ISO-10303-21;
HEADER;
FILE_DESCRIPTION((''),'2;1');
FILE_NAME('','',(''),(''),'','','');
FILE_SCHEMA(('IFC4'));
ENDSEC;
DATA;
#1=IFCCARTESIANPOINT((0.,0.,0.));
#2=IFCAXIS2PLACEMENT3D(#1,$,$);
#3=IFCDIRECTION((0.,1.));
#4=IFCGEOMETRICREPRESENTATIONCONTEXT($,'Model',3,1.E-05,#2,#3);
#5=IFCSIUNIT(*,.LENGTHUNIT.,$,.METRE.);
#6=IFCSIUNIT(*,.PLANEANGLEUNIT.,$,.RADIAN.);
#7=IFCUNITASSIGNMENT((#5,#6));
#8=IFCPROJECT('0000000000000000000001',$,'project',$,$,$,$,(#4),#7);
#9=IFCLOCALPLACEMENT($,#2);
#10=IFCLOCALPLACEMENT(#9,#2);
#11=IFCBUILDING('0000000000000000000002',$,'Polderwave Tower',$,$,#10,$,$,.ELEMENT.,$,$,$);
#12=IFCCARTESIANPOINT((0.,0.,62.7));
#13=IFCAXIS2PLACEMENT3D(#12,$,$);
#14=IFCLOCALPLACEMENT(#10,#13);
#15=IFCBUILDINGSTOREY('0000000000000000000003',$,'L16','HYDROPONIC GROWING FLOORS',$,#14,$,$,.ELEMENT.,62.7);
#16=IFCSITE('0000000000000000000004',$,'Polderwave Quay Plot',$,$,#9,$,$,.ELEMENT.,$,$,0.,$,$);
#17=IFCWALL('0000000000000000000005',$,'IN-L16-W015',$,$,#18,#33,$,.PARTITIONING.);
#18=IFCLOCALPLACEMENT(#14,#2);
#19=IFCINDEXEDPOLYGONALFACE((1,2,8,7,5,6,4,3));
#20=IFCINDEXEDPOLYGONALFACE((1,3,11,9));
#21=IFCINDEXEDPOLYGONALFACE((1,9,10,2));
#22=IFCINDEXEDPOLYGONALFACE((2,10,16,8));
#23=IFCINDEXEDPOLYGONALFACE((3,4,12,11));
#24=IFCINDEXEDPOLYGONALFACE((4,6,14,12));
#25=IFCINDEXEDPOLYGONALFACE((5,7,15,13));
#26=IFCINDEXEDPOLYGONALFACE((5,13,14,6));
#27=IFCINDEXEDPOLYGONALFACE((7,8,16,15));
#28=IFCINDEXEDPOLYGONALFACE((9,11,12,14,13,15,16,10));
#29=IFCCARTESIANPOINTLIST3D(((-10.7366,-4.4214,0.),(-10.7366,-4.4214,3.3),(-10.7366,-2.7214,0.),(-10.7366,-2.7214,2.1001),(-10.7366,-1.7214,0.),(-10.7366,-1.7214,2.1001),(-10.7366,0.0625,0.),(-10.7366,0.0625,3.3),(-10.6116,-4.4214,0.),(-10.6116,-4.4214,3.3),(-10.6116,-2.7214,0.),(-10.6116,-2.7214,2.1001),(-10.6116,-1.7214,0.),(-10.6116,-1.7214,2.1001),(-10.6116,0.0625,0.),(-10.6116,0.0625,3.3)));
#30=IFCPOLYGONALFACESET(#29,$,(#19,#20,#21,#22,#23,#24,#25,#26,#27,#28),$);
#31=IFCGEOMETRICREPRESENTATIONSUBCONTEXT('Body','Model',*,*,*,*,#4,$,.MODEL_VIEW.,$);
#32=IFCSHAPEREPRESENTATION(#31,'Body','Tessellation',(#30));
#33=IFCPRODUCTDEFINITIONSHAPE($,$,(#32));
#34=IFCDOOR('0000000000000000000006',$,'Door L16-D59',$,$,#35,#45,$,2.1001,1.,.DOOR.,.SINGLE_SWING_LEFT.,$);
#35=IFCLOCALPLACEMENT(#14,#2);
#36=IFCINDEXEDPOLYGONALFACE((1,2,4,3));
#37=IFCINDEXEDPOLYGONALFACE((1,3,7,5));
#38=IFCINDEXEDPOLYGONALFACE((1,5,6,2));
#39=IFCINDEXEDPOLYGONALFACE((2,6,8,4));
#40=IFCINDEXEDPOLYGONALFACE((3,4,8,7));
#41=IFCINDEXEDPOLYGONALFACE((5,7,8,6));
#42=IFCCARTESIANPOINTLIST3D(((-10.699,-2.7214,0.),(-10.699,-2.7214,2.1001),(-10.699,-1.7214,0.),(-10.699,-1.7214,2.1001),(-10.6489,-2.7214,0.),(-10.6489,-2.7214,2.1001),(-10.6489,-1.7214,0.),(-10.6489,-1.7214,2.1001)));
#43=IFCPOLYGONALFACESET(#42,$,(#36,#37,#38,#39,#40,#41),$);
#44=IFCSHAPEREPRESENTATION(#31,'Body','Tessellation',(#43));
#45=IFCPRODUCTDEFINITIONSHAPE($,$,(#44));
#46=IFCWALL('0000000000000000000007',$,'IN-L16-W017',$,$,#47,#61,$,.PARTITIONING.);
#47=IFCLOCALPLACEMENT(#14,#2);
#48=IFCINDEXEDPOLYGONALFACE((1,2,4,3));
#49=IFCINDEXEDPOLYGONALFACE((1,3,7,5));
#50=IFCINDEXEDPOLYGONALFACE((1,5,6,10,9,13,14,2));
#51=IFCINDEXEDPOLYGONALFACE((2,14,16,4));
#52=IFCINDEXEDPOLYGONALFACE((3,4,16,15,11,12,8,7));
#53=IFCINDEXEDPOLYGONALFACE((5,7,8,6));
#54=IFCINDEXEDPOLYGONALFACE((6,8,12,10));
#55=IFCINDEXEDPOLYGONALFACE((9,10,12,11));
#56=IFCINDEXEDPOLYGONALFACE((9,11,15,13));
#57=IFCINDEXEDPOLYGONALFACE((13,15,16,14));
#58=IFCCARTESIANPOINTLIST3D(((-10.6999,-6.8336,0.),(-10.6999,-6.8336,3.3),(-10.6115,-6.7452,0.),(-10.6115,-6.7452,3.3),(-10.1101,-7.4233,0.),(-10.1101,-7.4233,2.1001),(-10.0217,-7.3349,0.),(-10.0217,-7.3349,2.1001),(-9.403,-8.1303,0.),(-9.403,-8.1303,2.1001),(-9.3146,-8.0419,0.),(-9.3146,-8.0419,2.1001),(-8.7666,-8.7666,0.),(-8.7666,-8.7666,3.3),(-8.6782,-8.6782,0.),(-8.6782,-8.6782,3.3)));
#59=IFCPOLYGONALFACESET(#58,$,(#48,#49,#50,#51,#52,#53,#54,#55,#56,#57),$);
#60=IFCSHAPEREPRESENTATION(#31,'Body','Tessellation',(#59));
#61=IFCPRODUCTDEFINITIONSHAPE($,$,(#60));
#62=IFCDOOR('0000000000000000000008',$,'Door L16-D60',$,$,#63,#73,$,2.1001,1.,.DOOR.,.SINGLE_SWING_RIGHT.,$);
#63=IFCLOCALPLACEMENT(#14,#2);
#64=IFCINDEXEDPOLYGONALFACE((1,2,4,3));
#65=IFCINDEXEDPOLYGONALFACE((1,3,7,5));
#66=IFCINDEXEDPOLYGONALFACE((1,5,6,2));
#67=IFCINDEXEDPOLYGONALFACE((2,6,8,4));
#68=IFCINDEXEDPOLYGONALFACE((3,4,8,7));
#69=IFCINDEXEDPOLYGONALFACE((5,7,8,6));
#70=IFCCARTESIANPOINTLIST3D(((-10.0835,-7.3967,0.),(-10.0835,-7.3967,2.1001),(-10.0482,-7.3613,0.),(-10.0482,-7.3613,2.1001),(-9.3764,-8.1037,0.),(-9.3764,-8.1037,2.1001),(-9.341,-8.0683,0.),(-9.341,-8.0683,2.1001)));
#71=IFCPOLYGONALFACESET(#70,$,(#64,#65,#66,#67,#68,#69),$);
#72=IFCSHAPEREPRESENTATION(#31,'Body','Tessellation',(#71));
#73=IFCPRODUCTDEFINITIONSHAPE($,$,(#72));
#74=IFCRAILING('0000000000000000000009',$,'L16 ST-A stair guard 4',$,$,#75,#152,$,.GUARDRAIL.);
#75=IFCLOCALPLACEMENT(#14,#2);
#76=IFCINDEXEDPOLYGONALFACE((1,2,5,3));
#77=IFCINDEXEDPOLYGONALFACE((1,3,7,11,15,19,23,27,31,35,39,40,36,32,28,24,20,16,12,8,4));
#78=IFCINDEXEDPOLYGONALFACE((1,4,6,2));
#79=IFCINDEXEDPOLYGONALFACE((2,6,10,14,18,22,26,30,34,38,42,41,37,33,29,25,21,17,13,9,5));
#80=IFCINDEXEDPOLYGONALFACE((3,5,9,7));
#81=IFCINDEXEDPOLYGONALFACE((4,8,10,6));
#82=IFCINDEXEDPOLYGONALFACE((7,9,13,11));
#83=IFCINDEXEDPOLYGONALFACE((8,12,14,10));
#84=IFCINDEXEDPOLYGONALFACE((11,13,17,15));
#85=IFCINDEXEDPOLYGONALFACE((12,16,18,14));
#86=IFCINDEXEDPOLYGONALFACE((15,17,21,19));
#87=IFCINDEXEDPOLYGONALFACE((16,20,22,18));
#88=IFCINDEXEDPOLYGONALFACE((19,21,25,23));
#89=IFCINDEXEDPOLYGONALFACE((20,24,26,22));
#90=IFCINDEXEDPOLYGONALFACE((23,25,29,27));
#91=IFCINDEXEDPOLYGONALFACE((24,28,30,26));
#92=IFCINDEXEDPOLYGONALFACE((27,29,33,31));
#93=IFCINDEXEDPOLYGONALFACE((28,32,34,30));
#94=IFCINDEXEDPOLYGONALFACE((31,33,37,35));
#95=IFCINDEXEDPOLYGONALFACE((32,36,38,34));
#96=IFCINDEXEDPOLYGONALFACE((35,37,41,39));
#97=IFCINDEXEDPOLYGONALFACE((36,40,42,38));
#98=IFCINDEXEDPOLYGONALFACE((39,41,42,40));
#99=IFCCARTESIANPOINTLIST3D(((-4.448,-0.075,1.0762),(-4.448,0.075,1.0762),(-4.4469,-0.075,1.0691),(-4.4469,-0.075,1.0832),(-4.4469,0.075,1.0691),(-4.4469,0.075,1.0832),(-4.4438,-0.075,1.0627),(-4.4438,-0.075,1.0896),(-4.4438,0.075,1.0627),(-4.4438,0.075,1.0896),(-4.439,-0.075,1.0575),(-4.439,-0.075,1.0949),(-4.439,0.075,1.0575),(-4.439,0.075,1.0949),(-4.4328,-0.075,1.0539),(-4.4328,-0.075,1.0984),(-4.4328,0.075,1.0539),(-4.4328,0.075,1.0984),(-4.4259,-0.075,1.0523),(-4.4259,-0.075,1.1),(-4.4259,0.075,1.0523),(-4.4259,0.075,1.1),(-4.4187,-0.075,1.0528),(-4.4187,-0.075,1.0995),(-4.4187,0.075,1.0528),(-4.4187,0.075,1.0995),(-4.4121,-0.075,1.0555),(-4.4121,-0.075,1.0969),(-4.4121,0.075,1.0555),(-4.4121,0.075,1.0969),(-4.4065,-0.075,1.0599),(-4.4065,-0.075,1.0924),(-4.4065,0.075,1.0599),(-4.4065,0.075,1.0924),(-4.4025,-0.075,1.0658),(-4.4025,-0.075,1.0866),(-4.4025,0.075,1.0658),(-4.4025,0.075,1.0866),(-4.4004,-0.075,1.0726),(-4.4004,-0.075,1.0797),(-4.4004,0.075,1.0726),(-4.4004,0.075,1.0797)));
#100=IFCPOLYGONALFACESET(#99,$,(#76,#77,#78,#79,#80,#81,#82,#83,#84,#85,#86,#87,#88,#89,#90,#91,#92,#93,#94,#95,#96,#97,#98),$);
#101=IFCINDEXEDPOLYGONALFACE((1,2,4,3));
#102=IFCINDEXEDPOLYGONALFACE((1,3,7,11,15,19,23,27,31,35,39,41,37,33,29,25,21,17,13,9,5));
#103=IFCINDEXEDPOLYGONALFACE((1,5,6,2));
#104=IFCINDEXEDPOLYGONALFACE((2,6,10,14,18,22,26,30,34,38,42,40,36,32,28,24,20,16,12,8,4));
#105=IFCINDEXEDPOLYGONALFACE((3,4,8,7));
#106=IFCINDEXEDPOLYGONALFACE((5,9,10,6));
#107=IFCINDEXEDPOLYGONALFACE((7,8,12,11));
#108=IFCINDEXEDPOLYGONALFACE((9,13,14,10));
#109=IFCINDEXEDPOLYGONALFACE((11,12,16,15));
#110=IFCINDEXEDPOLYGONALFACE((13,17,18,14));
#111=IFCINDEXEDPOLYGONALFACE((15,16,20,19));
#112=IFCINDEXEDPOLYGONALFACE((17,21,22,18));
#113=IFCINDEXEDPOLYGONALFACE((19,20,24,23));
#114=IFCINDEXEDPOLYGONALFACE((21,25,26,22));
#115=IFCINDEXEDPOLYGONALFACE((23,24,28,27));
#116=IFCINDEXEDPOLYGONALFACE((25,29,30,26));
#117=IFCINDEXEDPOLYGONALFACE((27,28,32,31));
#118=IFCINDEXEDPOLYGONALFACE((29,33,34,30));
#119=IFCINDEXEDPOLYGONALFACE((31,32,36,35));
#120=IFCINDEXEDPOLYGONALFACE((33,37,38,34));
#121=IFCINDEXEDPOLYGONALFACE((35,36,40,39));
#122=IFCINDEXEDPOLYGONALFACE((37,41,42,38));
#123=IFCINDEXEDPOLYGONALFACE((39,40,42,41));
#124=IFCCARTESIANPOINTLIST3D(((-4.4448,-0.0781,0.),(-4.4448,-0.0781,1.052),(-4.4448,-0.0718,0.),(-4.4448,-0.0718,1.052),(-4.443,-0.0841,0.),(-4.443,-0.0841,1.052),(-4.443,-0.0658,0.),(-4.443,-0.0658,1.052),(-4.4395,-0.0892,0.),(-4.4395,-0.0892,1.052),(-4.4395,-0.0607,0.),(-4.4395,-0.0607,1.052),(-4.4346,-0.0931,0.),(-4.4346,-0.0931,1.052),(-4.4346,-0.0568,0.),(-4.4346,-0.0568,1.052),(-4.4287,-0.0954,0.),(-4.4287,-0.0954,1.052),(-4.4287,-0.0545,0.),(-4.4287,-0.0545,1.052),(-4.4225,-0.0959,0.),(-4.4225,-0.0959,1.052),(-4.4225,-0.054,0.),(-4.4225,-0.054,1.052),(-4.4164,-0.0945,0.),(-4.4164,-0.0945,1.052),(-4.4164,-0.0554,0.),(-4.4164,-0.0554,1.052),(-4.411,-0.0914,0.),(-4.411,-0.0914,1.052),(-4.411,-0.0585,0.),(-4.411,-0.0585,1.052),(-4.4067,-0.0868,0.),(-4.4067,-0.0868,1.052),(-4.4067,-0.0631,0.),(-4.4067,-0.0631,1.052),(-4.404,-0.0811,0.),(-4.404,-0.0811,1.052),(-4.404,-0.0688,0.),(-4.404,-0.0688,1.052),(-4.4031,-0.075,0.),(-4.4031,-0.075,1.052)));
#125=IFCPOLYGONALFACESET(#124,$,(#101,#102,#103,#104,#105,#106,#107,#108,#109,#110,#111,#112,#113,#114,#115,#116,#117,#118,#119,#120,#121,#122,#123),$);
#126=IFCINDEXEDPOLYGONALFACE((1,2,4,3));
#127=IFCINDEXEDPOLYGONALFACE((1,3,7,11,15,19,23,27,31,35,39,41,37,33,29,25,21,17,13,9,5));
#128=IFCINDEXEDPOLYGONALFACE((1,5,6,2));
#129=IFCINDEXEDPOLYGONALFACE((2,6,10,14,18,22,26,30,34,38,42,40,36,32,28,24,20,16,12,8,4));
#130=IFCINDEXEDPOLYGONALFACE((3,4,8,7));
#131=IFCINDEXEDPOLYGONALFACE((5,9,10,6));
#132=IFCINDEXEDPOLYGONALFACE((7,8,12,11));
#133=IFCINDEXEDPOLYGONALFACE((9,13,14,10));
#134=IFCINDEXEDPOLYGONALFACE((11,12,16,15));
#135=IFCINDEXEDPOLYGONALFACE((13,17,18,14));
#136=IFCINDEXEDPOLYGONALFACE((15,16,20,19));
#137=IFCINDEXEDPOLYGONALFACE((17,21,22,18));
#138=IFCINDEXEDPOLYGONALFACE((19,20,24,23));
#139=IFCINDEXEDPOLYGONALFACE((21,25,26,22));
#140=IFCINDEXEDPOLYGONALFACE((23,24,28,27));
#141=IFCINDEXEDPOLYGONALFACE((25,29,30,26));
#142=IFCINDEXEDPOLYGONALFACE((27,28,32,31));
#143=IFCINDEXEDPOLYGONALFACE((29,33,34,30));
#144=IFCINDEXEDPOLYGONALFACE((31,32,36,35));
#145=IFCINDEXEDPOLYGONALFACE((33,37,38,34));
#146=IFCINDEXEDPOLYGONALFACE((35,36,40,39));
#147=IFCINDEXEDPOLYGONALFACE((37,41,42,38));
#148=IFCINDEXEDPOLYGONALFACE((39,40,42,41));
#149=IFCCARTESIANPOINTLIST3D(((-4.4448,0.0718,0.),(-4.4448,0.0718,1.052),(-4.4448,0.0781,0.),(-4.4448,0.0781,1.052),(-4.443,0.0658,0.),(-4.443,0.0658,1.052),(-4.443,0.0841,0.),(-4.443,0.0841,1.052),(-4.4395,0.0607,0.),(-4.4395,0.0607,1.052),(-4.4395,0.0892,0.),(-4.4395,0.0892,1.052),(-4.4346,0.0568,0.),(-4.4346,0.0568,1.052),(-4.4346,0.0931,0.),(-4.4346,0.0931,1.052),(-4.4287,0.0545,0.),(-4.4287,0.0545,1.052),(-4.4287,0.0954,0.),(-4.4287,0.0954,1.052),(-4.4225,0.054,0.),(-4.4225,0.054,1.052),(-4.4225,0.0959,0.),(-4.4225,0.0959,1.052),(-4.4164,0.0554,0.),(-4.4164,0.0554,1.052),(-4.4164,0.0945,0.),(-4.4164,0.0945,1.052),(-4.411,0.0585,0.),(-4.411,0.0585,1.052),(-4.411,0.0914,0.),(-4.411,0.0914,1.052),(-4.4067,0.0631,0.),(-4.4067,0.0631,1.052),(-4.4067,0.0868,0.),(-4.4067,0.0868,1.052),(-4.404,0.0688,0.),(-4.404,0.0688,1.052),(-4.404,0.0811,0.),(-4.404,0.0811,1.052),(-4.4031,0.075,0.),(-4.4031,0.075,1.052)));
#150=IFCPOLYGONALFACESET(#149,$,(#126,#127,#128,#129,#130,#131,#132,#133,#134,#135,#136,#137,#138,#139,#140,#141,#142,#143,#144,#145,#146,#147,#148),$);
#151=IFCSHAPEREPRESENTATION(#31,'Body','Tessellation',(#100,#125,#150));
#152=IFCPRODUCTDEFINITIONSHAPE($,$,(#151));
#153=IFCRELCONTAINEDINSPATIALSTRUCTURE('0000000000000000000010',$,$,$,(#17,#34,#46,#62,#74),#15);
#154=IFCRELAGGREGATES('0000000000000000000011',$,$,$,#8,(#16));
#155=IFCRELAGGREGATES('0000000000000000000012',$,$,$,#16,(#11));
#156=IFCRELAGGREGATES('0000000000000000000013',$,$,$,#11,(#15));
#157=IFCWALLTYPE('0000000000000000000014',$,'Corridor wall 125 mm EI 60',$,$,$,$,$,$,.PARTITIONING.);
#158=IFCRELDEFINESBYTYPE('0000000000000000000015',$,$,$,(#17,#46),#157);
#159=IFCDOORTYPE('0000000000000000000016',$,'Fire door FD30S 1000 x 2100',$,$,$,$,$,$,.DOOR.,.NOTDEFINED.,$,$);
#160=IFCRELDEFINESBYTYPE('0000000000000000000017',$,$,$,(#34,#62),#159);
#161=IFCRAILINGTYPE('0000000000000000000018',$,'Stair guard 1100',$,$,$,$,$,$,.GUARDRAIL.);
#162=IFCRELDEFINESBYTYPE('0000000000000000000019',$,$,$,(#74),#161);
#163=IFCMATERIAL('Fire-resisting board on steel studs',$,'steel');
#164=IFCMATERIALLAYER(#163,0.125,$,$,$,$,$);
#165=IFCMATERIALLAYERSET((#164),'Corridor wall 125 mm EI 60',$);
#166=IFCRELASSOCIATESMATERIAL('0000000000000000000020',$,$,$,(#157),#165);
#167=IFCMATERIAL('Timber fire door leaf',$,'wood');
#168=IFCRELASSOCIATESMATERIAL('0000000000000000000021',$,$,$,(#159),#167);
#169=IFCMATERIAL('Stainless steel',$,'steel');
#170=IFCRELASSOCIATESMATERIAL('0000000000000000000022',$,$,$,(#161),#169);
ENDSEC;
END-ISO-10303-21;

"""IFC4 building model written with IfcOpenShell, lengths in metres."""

from ifc_helpers import new_model, si_unit, direction, frame, frame_2d, origin, origin_2d, place, context, subcontext, project, spatial, rectangle, circle, extrude, material, layer, layer_set, type_object, element, fill, save


model = new_model("IFC4")

# Units and contexts
model_context = context("Model", 3, precision=1e-05, world=origin(), true_north=direction((0.0, 1.0)))
body_context = subcontext(model_context, "Body", "Model", "MODEL_VIEW")
ifc_project = project(units=[si_unit("LENGTHUNIT", "METRE"), si_unit("PLANEANGLEUNIT", "RADIAN")], contexts=[model_context])

# Site, building, storey
site_placement = place(None, origin())
site = spatial("IfcSite", under=ifc_project, at=site_placement, Name="Polderwave Quay Plot", CompositionType="ELEMENT", RefElevation=0.0)
building_placement = place(site_placement, origin())
building = spatial("IfcBuilding", under=site, at=building_placement, Name="Polderwave Tower", CompositionType="ELEMENT")
storey_placement = place(building_placement, frame((0.0, 0.0, 62.7)))
storey = spatial("IfcBuildingStorey", under=building, at=storey_placement, Name="L16", Description="HYDROPONIC GROWING FLOORS", CompositionType="ELEMENT", Elevation=62.7)

# Shared definitions
ifc_material_1 = material(Name="Stainless steel", Category="steel")

# Walls, openings, doors
ifc_material_2 = material(Name="Fire-resisting board on steel studs", Category="steel")
ifc_layer_1 = layer(ifc_material_2, 0.125)
ifc_layer_set_1 = layer_set([ifc_layer_1], Name="Corridor wall 125 mm EI 60")
wall_type_1 = type_object("IfcWallType", Name="Corridor wall 125 mm EI 60", PredefinedType="PARTITIONING", material=ifc_layer_set_1)
wall_1_placement = place(storey_placement, frame((-10.6741, -4.4214, 0.0), z_axis=(0.0, 0.0, 1.0), x_axis=(0.0, 1.0, 0.0)))
wall_1 = element("IfcWall", 1, at=wall_1_placement, inside=storey, type_object=wall_type_1, Name="IN-L16-W015", PredefinedType="PARTITIONING", context=body_context, shape_type="SweptSolid", body=[
    extrude(rectangle(XDim=4.4839, YDim=0.125, at=frame_2d((2.2419, 0.0))), origin(), (0.0, 0.0, 1.0), 3.3),
])
opening_1_placement = place(wall_1_placement, frame((1.7, 0.0, 0.0)))
opening_1 = element("IfcOpeningElement", 2, at=opening_1_placement, cuts=wall_1, PredefinedType="OPENING", context=body_context, shape_type="SweptSolid", body=[
    extrude(rectangle(XDim=1.0, YDim=2.1001, at=frame_2d((0.5, 1.05))), frame((0.0, 0.0725, 0.0), z_axis=(0.0, -1.0, 0.0), x_axis=(1.0, 0.0, 0.0)), (0.0, 0.0, 1.0), 0.145),
])
ifc_material_3 = material(Name="Timber fire door leaf", Category="wood")
door_type_1 = type_object("IfcDoorType", Name="Fire door FD30S 1000 x 2100", OperationType="NOTDEFINED", PredefinedType="DOOR", material=ifc_material_3)
door_1_placement = place(opening_1_placement, origin())
door_1 = element("IfcDoor", 3, at=door_1_placement, inside=storey, type_object=door_type_1, Name="Door L16-D59", OperationType="SINGLE_SWING_LEFT", OverallHeight=2.1001, OverallWidth=1.0, PredefinedType="DOOR", context=body_context, shape_type="SweptSolid", body=[
    extrude(rectangle(XDim=1.0, YDim=2.1001, at=frame_2d((0.5, 1.05))), frame((0.0, 0.0249, 0.0), z_axis=(0.0, -1.0, 0.0), x_axis=(1.0, 0.0, 0.0)), (0.0, 0.0, 1.0), 0.05),
])
fill(opening_1, door_1)
wall_2_placement = place(storey_placement, frame((-8.7224, -8.7224, 0.0), z_axis=(0.0, 0.0, 1.0), x_axis=(-0.707151, 0.707062, 0.0)))
wall_2 = element("IfcWall", 4, at=wall_2_placement, inside=storey, type_object=wall_type_1, Name="IN-L16-W017", PredefinedType="PARTITIONING", context=body_context, shape_type="SweptSolid", body=[
    extrude(rectangle(XDim=2.7339, YDim=0.125, at=frame_2d((1.3669, 0.0))), origin(), (0.0, 0.0, 1.0), 3.3),
])
opening_2_placement = place(wall_2_placement, frame((0.8999, 0.0, 0.0)))
opening_2 = element("IfcOpeningElement", 5, at=opening_2_placement, cuts=wall_2, PredefinedType="OPENING", context=body_context, shape_type="SweptSolid", body=[
    extrude(rectangle(XDim=1.0, YDim=2.1001, at=frame_2d((0.5, 1.05))), frame((0.0, 0.0725, 0.0), z_axis=(0.0, -1.0, 0.0), x_axis=(1.0, 0.0, 0.0)), (0.0, 0.0, 1.0), 0.145),
])
door_2_placement = place(opening_2_placement, origin())
door_2 = element("IfcDoor", 6, at=door_2_placement, inside=storey, type_object=door_type_1, Name="Door L16-D60", OperationType="SINGLE_SWING_RIGHT", OverallHeight=2.1001, OverallWidth=1.0, PredefinedType="DOOR", context=body_context, shape_type="SweptSolid", body=[
    extrude(rectangle(XDim=1.0, YDim=2.1001, at=frame_2d((0.5, 1.05))), frame((0.0, 0.0249, 0.0), z_axis=(0.0, -1.0, 0.0), x_axis=(1.0, 0.0, 0.0)), (0.0, 0.0, 1.0), 0.05),
])
fill(opening_2, door_2)

# Railing
railing_type = type_object("IfcRailingType", Name="Stair guard 1100", PredefinedType="GUARDRAIL", material=ifc_material_1)
railing_placement = place(storey_placement, frame((-4.4241, -0.075, 0.0)))
element("IfcRailing", 7, at=railing_placement, inside=storey, type_object=railing_type, Name="L16 ST-A stair guard 4", PredefinedType="GUARDRAIL", context=body_context, shape_type="SweptSolid", body=[
    extrude(circle(Radius=0.0239, at=origin_2d()), frame((0.0, 0.0, 1.0762), z_axis=(0.0, 1.0, 0.0), x_axis=(-1.0, 0.0, 0.0)), (0.0, 0.0, 1.0), 0.1499),
    extrude(circle(Radius=0.021, at=origin_2d()), origin(), (0.0, 0.0, 1.0), 1.052),
    extrude(circle(Radius=0.021, at=origin_2d()), frame((0.0, 0.1499, 0.0)), (0.0, 0.0, 1.0), 1.052),
])

save(model, "model.ifc")
